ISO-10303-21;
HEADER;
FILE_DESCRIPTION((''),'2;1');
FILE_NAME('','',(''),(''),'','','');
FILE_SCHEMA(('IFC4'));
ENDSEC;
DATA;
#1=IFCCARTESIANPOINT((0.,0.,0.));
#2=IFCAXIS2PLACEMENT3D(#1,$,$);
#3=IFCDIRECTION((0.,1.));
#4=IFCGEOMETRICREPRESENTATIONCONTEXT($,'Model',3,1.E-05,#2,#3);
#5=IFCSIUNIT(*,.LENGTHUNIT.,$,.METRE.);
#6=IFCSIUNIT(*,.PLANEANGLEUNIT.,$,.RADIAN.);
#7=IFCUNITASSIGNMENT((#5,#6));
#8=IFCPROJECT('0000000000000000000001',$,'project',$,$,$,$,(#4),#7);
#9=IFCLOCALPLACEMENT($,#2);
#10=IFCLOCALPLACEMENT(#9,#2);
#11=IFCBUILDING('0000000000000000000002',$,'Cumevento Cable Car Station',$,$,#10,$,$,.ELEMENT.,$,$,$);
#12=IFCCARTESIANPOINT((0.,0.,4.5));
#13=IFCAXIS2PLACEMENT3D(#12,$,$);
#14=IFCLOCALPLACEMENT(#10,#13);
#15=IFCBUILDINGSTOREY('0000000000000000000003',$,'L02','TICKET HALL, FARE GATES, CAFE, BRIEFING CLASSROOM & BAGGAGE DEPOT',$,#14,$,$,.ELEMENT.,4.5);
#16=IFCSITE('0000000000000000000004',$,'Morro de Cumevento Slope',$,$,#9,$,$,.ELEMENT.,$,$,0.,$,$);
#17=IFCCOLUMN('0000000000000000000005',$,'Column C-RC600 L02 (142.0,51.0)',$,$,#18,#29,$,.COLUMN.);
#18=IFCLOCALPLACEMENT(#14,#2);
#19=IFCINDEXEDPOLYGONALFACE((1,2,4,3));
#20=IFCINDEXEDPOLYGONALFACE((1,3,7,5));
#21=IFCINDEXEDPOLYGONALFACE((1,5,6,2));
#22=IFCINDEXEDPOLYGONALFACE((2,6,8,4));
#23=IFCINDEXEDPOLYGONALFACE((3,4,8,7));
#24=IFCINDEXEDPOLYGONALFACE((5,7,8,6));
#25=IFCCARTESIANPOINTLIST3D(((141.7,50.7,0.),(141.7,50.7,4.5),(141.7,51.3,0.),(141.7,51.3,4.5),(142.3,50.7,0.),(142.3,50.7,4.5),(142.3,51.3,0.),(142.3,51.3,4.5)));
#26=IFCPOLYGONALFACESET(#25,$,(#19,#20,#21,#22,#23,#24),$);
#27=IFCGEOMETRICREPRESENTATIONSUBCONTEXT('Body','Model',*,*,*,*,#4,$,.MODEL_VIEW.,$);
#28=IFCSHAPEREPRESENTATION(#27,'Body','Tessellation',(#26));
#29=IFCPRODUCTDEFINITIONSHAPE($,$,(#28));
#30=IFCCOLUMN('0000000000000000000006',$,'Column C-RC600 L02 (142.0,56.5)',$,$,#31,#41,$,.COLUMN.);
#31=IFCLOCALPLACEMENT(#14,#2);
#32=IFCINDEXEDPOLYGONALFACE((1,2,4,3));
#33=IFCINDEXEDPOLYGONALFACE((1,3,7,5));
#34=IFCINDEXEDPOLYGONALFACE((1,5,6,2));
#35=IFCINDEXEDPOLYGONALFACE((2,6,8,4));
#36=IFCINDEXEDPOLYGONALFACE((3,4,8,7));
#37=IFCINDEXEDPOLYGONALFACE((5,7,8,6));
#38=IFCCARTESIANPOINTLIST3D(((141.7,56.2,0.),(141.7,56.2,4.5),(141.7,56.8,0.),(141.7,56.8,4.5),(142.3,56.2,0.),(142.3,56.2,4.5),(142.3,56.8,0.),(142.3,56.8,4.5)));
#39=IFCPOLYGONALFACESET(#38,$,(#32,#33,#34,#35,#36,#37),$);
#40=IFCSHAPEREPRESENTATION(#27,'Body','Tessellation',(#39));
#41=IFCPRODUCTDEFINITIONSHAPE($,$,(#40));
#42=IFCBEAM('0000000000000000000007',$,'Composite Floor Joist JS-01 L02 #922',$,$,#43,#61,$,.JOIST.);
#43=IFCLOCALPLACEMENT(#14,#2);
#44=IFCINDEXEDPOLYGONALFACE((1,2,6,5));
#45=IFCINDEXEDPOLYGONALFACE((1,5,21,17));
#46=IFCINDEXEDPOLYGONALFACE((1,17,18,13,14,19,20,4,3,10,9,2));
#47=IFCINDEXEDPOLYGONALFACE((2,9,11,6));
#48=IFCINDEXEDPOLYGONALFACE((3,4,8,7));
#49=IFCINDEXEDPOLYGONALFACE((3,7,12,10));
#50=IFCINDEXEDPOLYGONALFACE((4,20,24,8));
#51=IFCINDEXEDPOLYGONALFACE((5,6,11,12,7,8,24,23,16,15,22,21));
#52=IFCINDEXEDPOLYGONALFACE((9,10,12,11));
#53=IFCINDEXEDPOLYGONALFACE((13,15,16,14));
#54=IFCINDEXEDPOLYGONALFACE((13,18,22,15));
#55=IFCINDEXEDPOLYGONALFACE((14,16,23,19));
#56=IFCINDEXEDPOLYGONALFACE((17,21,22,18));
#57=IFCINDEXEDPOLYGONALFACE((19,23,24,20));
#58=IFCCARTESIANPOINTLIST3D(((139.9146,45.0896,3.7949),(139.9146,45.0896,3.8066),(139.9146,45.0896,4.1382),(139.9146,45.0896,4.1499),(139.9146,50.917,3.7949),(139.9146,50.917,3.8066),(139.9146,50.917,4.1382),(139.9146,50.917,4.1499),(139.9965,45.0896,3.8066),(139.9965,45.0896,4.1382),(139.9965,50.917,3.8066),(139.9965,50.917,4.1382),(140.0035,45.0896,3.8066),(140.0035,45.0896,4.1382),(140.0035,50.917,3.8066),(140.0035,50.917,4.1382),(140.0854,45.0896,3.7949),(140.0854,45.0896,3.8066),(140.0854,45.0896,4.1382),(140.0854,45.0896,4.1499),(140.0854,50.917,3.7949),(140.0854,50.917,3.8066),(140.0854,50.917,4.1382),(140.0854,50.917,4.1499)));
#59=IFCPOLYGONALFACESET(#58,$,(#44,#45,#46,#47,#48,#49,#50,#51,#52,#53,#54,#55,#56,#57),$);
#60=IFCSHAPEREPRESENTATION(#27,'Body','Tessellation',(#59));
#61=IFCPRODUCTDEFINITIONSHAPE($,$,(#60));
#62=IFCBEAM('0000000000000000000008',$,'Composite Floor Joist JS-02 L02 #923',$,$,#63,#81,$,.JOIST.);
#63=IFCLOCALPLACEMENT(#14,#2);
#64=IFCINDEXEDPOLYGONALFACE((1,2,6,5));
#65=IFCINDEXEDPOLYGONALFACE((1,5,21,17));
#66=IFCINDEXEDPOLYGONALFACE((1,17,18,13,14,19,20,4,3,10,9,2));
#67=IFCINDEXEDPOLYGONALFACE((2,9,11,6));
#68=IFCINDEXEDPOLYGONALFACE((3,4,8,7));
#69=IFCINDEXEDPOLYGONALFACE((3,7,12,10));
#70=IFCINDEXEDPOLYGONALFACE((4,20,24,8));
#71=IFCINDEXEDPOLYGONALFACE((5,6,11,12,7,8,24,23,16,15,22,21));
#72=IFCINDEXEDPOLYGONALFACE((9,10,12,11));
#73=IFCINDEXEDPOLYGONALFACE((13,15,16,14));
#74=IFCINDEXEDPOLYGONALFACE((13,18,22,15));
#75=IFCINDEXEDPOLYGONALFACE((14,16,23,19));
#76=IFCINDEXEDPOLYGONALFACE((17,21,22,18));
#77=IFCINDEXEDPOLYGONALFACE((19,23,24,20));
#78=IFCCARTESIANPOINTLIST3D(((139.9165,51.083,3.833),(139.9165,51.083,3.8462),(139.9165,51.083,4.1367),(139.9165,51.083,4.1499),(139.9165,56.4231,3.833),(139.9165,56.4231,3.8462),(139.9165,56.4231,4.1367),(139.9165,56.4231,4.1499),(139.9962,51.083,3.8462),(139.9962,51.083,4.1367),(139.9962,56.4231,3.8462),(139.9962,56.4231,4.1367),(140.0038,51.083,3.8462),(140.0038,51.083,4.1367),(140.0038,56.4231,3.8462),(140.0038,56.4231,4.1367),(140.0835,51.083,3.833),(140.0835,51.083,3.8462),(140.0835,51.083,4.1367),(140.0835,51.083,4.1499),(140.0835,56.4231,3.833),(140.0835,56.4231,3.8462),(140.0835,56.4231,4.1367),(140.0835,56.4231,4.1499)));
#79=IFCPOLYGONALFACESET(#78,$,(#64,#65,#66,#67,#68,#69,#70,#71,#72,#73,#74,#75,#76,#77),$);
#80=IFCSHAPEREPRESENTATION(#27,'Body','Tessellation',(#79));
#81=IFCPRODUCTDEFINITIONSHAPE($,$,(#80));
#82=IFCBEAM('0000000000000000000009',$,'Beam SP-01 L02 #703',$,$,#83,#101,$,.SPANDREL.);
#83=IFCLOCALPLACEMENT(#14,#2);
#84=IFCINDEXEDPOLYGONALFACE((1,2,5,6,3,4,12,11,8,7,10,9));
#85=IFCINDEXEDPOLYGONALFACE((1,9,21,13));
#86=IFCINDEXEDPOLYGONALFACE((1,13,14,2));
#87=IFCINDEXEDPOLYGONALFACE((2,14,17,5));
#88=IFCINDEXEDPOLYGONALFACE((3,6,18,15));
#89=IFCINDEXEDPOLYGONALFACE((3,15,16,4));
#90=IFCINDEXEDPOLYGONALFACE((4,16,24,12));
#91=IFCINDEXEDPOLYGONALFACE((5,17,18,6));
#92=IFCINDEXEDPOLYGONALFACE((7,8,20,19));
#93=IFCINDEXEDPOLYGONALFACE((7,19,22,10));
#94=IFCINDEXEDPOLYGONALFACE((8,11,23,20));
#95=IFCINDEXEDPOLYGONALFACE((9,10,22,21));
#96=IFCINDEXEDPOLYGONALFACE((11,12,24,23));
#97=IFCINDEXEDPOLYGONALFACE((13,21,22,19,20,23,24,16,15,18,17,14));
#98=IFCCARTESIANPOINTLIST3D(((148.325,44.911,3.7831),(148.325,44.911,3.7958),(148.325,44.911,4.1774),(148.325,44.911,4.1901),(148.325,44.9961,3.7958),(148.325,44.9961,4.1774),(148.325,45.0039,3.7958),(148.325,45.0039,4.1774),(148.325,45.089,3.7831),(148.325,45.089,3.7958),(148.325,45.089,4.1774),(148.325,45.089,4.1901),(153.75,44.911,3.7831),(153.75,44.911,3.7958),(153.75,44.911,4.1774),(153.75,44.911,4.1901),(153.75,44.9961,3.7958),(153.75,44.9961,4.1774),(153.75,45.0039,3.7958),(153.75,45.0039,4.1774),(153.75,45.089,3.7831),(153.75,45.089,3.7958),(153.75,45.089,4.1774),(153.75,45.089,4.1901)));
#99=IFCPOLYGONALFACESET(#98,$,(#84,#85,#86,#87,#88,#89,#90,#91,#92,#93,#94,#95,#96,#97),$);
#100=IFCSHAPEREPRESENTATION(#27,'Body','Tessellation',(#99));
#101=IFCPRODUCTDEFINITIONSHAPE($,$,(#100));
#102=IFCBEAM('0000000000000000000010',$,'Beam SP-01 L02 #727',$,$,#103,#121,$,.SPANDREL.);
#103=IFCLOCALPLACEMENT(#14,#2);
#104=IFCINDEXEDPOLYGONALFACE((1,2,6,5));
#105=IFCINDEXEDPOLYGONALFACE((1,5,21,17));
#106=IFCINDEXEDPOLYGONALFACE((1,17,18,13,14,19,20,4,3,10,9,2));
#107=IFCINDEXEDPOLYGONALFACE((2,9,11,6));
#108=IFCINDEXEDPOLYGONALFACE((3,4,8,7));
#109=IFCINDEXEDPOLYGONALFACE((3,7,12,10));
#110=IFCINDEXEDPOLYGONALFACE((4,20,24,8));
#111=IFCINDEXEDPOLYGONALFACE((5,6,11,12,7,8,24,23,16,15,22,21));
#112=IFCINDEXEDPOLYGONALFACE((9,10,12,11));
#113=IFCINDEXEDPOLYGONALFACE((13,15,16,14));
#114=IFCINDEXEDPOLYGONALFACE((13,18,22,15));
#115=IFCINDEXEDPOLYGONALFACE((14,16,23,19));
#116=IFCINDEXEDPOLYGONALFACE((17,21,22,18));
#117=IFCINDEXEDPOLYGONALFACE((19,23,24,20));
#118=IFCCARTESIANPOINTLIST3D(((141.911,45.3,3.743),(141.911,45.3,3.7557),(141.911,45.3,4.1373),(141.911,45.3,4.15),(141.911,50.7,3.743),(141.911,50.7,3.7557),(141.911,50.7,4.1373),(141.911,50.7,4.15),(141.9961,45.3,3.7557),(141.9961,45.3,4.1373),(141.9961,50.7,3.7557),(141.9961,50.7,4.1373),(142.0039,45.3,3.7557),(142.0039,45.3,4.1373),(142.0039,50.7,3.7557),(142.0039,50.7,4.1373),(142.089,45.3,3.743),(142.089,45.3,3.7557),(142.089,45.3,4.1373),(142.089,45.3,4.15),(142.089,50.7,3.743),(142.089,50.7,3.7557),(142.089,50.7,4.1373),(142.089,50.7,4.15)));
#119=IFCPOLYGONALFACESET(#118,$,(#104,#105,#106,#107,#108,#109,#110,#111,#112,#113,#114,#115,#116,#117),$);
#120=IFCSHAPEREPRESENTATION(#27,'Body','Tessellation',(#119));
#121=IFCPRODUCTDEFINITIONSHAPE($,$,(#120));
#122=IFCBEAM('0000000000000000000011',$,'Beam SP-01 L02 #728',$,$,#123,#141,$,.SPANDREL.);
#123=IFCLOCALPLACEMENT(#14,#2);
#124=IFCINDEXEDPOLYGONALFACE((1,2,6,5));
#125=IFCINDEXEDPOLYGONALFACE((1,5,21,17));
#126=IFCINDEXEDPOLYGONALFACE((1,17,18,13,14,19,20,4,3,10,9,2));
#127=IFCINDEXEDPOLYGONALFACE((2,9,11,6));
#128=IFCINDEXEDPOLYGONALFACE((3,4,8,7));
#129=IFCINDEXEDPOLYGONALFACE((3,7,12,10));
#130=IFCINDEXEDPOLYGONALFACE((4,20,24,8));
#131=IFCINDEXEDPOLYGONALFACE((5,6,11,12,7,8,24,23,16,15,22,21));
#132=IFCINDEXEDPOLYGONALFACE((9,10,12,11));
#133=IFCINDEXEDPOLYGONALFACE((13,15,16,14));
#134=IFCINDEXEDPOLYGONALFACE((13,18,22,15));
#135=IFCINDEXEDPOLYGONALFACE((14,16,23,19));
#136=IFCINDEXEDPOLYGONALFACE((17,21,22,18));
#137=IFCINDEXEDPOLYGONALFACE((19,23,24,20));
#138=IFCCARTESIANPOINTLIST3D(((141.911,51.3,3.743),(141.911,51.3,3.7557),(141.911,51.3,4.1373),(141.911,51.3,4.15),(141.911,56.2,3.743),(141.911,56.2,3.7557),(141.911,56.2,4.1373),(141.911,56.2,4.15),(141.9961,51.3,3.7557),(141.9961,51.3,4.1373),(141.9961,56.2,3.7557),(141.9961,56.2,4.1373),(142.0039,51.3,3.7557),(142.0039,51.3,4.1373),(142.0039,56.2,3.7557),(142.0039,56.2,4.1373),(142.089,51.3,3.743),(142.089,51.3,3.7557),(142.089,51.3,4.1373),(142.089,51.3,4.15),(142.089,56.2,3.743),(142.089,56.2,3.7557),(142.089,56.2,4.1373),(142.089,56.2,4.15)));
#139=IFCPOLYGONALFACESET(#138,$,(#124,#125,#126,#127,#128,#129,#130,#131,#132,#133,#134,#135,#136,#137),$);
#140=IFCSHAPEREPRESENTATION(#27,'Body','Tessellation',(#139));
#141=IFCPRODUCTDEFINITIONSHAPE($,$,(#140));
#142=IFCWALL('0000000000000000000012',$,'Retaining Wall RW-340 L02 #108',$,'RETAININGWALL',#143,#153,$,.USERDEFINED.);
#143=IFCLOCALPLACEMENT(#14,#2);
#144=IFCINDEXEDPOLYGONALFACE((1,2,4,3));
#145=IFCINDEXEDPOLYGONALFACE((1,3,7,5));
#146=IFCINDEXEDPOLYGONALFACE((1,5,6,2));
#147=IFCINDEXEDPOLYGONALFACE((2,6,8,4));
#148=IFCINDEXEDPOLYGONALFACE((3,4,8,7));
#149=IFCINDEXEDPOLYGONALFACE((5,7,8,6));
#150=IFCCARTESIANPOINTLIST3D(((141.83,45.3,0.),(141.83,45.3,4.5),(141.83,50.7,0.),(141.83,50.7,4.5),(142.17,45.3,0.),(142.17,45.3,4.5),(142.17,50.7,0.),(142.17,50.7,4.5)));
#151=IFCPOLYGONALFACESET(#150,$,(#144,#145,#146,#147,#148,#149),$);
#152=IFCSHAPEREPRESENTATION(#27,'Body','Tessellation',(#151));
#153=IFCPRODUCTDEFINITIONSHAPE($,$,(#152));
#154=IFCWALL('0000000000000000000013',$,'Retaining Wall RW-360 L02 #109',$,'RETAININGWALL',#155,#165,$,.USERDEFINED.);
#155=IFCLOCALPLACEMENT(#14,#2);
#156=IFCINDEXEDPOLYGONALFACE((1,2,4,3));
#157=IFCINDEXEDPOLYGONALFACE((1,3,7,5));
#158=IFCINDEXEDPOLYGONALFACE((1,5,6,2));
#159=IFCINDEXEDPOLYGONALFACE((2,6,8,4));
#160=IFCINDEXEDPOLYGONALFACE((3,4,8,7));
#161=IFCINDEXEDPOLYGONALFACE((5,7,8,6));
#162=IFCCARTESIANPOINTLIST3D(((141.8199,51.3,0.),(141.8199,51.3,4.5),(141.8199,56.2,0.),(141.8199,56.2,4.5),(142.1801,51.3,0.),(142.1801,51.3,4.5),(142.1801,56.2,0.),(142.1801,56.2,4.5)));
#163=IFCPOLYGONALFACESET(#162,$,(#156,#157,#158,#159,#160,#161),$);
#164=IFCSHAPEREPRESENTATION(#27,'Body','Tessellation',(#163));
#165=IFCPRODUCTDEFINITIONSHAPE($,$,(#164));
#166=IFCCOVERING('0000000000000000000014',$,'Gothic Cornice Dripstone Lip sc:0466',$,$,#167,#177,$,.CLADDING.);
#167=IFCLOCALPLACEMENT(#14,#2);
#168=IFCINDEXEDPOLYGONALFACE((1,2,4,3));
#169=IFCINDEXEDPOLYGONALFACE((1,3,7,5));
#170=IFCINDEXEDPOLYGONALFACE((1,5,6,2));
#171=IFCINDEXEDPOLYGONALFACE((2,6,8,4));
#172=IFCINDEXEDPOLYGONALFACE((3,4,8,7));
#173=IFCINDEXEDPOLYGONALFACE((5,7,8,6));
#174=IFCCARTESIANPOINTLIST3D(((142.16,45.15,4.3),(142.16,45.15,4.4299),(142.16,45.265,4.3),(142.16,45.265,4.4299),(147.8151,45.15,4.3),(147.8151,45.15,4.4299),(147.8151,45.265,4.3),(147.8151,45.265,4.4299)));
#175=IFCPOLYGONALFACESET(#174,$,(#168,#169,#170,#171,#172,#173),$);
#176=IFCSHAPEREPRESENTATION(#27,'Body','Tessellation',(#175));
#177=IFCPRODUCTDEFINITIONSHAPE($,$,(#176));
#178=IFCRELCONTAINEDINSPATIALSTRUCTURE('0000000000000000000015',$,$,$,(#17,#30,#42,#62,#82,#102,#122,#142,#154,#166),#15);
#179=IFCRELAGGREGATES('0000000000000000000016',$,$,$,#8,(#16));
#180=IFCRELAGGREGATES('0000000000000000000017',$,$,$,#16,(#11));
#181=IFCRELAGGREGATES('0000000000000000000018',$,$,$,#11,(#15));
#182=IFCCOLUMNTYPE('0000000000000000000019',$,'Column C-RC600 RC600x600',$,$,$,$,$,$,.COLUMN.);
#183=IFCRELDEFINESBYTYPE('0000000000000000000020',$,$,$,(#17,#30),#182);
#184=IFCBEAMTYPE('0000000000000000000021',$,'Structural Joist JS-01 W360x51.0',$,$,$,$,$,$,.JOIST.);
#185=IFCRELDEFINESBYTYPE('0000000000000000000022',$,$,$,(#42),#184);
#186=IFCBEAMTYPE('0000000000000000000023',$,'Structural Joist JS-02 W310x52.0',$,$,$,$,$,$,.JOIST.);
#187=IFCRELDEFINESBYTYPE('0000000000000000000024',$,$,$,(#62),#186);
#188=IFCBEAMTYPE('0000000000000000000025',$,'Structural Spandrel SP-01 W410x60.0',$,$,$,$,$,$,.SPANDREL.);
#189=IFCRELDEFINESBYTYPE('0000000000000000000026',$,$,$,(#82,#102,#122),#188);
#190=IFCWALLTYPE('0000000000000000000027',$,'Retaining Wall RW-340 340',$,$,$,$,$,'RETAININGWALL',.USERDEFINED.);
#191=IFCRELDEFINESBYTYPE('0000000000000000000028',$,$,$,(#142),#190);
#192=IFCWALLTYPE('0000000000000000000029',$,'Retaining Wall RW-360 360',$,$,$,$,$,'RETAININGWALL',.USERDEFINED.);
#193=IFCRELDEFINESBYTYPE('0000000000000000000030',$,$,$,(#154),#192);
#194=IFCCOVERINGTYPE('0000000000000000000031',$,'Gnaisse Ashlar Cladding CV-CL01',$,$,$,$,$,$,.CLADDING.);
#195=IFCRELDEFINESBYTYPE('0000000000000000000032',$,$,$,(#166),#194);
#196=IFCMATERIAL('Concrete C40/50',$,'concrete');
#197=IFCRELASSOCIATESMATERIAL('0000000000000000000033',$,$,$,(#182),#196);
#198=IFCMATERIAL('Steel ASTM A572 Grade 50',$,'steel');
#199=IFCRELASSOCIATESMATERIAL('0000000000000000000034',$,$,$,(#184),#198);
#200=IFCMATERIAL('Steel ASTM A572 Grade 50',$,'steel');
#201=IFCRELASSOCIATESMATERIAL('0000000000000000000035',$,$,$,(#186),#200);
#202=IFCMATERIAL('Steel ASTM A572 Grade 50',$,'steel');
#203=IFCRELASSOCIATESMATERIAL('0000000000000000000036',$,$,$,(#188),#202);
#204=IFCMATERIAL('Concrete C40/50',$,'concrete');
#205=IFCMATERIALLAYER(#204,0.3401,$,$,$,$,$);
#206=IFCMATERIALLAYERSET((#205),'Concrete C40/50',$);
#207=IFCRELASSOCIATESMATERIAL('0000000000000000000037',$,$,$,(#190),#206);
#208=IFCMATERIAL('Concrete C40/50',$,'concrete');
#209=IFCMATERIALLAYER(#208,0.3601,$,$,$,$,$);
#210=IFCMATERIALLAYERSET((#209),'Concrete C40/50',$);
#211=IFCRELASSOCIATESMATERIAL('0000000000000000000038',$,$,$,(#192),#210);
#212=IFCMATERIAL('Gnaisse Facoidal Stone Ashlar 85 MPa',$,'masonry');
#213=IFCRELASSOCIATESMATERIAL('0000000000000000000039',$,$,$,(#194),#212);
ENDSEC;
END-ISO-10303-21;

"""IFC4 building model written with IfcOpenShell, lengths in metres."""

from ifc_helpers import new_model, si_unit, direction, frame, frame_2d, origin, origin_2d, place, context, subcontext, project, spatial, rectangle, i_section, extrude, material, layer, layer_set, material_profile, profile_set, type_object, element, save


model = new_model("IFC4")

# Units and contexts
model_context = context("Model", 3, precision=1e-05, world=origin(), true_north=direction((0.0, 1.0)))
body_context = subcontext(model_context, "Body", "Model", "MODEL_VIEW")
ifc_project = project(units=[si_unit("LENGTHUNIT", "METRE"), si_unit("PLANEANGLEUNIT", "RADIAN")], contexts=[model_context])

# Site, building, storey
site_placement = place(None, origin())
site = spatial("IfcSite", under=ifc_project, at=site_placement, Name="Morro de Cumevento Slope", CompositionType="ELEMENT", RefElevation=0.0)
building_placement = place(site_placement, origin())
building = spatial("IfcBuilding", under=site, at=building_placement, Name="Cumevento Cable Car Station", CompositionType="ELEMENT")
storey_placement = place(building_placement, frame((0.0, 0.0, 4.5)))
storey = spatial("IfcBuildingStorey", under=building, at=storey_placement, Name="L02", Description="TICKET HALL, FARE GATES, CAFE, BRIEFING CLASSROOM & BAGGAGE DEPOT", CompositionType="ELEMENT", Elevation=4.5)

# Columns
ifc_material_1 = material(Name="Concrete C40/50", Category="concrete")
ifc_material_profile_1 = material_profile(ifc_material_1, rectangle(XDim=0.6001, YDim=0.6001, at=origin_2d()), Name="RC600x600")
ifc_profile_set_1 = profile_set([ifc_material_profile_1], Name="Concrete C40/50")
column_type = type_object("IfcColumnType", Name="Column C-RC600 RC600x600", PredefinedType="COLUMN", material=ifc_profile_set_1)
for number, where, z_axis, x_axis, name in (
    (1, (142.0, 51.0, 0.0), (0.0, 0.0, 1.0), (1.0, 0.0, 0.0), "Column C-RC600 L02 (142.0,51.0)"),
    (2, (142.0, 56.5, 0.0), (0.0, 0.0, 1.0), (1.0, 0.0, 0.0), "Column C-RC600 L02 (142.0,56.5)"),
):
    element("IfcColumn", number, at=place(storey_placement, frame(where, z_axis=z_axis, x_axis=x_axis)), inside=storey, type_object=column_type, Name=name, PredefinedType="COLUMN", context=body_context, shape_type="SweptSolid", body=[
        extrude(rectangle(XDim=0.6001, YDim=0.6001, at=origin_2d()), origin(), (0.0, 0.0, 1.0), 4.5),
    ])

# Beams
ifc_material_2 = material(Name="Steel ASTM A572 Grade 50", Category="steel")
ifc_material_profile_2 = material_profile(ifc_material_2, i_section(OverallWidth=0.1709, OverallDepth=0.355, WebThickness=0.0071, FlangeThickness=0.0117, at=origin_2d()), Name="W360x51.0")
ifc_profile_set_2 = profile_set([ifc_material_profile_2], Name="Steel ASTM A572 Grade 50")
beam_type_1 = type_object("IfcBeamType", Name="Structural Joist JS-01 W360x51.0", PredefinedType="JOIST", material=ifc_profile_set_2)
beam_1_placement = place(storey_placement, frame((140.0, 45.0896, 3.9724), z_axis=(0.0, 1.0, 0.0), x_axis=(-1.0, 0.0, 0.0)))
element("IfcBeam", 3, at=beam_1_placement, inside=storey, type_object=beam_type_1, Name="Composite Floor Joist JS-01 L02 #922", PredefinedType="JOIST", context=body_context, shape_type="SweptSolid", body=[
    extrude(i_section(OverallWidth=0.1709, OverallDepth=0.355, WebThickness=0.0071, FlangeThickness=0.0117, at=origin_2d()), origin(), (0.0, 0.0, 1.0), 5.8274),
])
ifc_material_3 = material(Name="Steel ASTM A572 Grade 50", Category="steel")
ifc_material_profile_3 = material_profile(ifc_material_3, i_section(OverallWidth=0.167, OverallDepth=0.3169, WebThickness=0.0076, FlangeThickness=0.0132, at=origin_2d()), Name="W310x52.0")
ifc_profile_set_3 = profile_set([ifc_material_profile_3], Name="Steel ASTM A572 Grade 50")
beam_type_2 = type_object("IfcBeamType", Name="Structural Joist JS-02 W310x52.0", PredefinedType="JOIST", material=ifc_profile_set_3)
beam_2_placement = place(storey_placement, frame((140.0, 51.083, 3.9915), z_axis=(0.0, 1.0, 0.0), x_axis=(-1.0, 0.0, 0.0)))
element("IfcBeam", 4, at=beam_2_placement, inside=storey, type_object=beam_type_2, Name="Composite Floor Joist JS-02 L02 #923", PredefinedType="JOIST", context=body_context, shape_type="SweptSolid", body=[
    extrude(i_section(OverallWidth=0.167, OverallDepth=0.3169, WebThickness=0.0076, FlangeThickness=0.0132, at=origin_2d()), origin(), (0.0, 0.0, 1.0), 5.3401),
])
ifc_material_4 = material(Name="Steel ASTM A572 Grade 50", Category="steel")
ifc_material_profile_4 = material_profile(ifc_material_4, i_section(OverallWidth=0.178, OverallDepth=0.407, WebThickness=0.0078, FlangeThickness=0.0127, at=origin_2d()), Name="W410x60.0")
ifc_profile_set_4 = profile_set([ifc_material_profile_4], Name="Steel ASTM A572 Grade 50")
beam_type_3 = type_object("IfcBeamType", Name="Structural Spandrel SP-01 W410x60.0", PredefinedType="SPANDREL", material=ifc_profile_set_4)
beam_3_placement = place(storey_placement, frame((148.325, 45.0, 3.9866), z_axis=(1.0, 0.0, 0.0), x_axis=(0.0, 1.0, 0.0)))
element("IfcBeam", 5, at=beam_3_placement, inside=storey, type_object=beam_type_3, Name="Beam SP-01 L02 #703", PredefinedType="SPANDREL", context=body_context, shape_type="SweptSolid", body=[
    extrude(i_section(OverallWidth=0.178, OverallDepth=0.407, WebThickness=0.0078, FlangeThickness=0.0127, at=origin_2d()), origin(), (0.0, 0.0, 1.0), 5.425),
])
beam_4_placement = place(storey_placement, frame((142.0, 45.3, 3.9465), z_axis=(0.0, 1.0, 0.0), x_axis=(-1.0, 0.0, 0.0)))
element("IfcBeam", 6, at=beam_4_placement, inside=storey, type_object=beam_type_3, Name="Beam SP-01 L02 #727", PredefinedType="SPANDREL", context=body_context, shape_type="SweptSolid", body=[
    extrude(i_section(OverallWidth=0.178, OverallDepth=0.407, WebThickness=0.0078, FlangeThickness=0.0127, at=origin_2d()), origin(), (0.0, 0.0, 1.0), 5.3999),
])
beam_5_placement = place(storey_placement, frame((142.0, 51.3, 3.9465), z_axis=(0.0, 1.0, 0.0), x_axis=(-1.0, 0.0, 0.0)))
element("IfcBeam", 7, at=beam_5_placement, inside=storey, type_object=beam_type_3, Name="Beam SP-01 L02 #728", PredefinedType="SPANDREL", context=body_context, shape_type="SweptSolid", body=[
    extrude(i_section(OverallWidth=0.178, OverallDepth=0.407, WebThickness=0.0078, FlangeThickness=0.0127, at=origin_2d()), origin(), (0.0, 0.0, 1.0), 4.8999),
])

# Walls
ifc_material_5 = material(Name="Concrete C40/50", Category="concrete")
ifc_layer_1 = layer(ifc_material_5, 0.3401)
ifc_layer_set_1 = layer_set([ifc_layer_1], Name="Concrete C40/50")
wall_type_1 = type_object("IfcWallType", Name="Retaining Wall RW-340 340", ElementType="RETAININGWALL", PredefinedType="USERDEFINED", material=ifc_layer_set_1)
wall_1_placement = place(storey_placement, frame((142.0, 45.3, 0.0), z_axis=(0.0, 0.0, 1.0), x_axis=(0.0, 1.0, 0.0)))
element("IfcWall", 8, at=wall_1_placement, inside=storey, type_object=wall_type_1, Name="Retaining Wall RW-340 L02 #108", ObjectType="RETAININGWALL", PredefinedType="USERDEFINED", context=body_context, shape_type="SweptSolid", body=[
    extrude(rectangle(XDim=5.3999, YDim=0.3401, at=frame_2d((2.7, 0.0))), origin(), (0.0, 0.0, 1.0), 4.5),
])
ifc_material_6 = material(Name="Concrete C40/50", Category="concrete")
ifc_layer_2 = layer(ifc_material_6, 0.3601)
ifc_layer_set_2 = layer_set([ifc_layer_2], Name="Concrete C40/50")
wall_type_2 = type_object("IfcWallType", Name="Retaining Wall RW-360 360", ElementType="RETAININGWALL", PredefinedType="USERDEFINED", material=ifc_layer_set_2)
wall_2_placement = place(storey_placement, frame((142.0, 51.3, 0.0), z_axis=(0.0, 0.0, 1.0), x_axis=(0.0, 1.0, 0.0)))
element("IfcWall", 9, at=wall_2_placement, inside=storey, type_object=wall_type_2, Name="Retaining Wall RW-360 L02 #109", ObjectType="RETAININGWALL", PredefinedType="USERDEFINED", context=body_context, shape_type="SweptSolid", body=[
    extrude(rectangle(XDim=4.8999, YDim=0.3601, at=frame_2d((2.45, 0.0))), origin(), (0.0, 0.0, 1.0), 4.5),
])

# Covering
ifc_material_7 = material(Name="Gnaisse Facoidal Stone Ashlar 85 MPa", Category="masonry")
covering_type = type_object("IfcCoveringType", Name="Gnaisse Ashlar Cladding CV-CL01", PredefinedType="CLADDING", material=ifc_material_7)
covering_1_placement = place(storey_placement, frame((144.9875, 45.2075, 4.3), z_axis=(0.0, 0.0, 1.0), x_axis=(1.0, 0.0, 0.0)))
element("IfcCovering", 10, at=covering_1_placement, inside=storey, type_object=covering_type, Name="Gothic Cornice Dripstone Lip sc:0466", PredefinedType="CLADDING", context=body_context, shape_type="SweptSolid", body=[
    extrude(rectangle(XDim=5.655, YDim=0.115, at=origin_2d()), origin(), (0.0, 0.0, 1.0), 0.1299),
])

save(model, "model.ifc")
